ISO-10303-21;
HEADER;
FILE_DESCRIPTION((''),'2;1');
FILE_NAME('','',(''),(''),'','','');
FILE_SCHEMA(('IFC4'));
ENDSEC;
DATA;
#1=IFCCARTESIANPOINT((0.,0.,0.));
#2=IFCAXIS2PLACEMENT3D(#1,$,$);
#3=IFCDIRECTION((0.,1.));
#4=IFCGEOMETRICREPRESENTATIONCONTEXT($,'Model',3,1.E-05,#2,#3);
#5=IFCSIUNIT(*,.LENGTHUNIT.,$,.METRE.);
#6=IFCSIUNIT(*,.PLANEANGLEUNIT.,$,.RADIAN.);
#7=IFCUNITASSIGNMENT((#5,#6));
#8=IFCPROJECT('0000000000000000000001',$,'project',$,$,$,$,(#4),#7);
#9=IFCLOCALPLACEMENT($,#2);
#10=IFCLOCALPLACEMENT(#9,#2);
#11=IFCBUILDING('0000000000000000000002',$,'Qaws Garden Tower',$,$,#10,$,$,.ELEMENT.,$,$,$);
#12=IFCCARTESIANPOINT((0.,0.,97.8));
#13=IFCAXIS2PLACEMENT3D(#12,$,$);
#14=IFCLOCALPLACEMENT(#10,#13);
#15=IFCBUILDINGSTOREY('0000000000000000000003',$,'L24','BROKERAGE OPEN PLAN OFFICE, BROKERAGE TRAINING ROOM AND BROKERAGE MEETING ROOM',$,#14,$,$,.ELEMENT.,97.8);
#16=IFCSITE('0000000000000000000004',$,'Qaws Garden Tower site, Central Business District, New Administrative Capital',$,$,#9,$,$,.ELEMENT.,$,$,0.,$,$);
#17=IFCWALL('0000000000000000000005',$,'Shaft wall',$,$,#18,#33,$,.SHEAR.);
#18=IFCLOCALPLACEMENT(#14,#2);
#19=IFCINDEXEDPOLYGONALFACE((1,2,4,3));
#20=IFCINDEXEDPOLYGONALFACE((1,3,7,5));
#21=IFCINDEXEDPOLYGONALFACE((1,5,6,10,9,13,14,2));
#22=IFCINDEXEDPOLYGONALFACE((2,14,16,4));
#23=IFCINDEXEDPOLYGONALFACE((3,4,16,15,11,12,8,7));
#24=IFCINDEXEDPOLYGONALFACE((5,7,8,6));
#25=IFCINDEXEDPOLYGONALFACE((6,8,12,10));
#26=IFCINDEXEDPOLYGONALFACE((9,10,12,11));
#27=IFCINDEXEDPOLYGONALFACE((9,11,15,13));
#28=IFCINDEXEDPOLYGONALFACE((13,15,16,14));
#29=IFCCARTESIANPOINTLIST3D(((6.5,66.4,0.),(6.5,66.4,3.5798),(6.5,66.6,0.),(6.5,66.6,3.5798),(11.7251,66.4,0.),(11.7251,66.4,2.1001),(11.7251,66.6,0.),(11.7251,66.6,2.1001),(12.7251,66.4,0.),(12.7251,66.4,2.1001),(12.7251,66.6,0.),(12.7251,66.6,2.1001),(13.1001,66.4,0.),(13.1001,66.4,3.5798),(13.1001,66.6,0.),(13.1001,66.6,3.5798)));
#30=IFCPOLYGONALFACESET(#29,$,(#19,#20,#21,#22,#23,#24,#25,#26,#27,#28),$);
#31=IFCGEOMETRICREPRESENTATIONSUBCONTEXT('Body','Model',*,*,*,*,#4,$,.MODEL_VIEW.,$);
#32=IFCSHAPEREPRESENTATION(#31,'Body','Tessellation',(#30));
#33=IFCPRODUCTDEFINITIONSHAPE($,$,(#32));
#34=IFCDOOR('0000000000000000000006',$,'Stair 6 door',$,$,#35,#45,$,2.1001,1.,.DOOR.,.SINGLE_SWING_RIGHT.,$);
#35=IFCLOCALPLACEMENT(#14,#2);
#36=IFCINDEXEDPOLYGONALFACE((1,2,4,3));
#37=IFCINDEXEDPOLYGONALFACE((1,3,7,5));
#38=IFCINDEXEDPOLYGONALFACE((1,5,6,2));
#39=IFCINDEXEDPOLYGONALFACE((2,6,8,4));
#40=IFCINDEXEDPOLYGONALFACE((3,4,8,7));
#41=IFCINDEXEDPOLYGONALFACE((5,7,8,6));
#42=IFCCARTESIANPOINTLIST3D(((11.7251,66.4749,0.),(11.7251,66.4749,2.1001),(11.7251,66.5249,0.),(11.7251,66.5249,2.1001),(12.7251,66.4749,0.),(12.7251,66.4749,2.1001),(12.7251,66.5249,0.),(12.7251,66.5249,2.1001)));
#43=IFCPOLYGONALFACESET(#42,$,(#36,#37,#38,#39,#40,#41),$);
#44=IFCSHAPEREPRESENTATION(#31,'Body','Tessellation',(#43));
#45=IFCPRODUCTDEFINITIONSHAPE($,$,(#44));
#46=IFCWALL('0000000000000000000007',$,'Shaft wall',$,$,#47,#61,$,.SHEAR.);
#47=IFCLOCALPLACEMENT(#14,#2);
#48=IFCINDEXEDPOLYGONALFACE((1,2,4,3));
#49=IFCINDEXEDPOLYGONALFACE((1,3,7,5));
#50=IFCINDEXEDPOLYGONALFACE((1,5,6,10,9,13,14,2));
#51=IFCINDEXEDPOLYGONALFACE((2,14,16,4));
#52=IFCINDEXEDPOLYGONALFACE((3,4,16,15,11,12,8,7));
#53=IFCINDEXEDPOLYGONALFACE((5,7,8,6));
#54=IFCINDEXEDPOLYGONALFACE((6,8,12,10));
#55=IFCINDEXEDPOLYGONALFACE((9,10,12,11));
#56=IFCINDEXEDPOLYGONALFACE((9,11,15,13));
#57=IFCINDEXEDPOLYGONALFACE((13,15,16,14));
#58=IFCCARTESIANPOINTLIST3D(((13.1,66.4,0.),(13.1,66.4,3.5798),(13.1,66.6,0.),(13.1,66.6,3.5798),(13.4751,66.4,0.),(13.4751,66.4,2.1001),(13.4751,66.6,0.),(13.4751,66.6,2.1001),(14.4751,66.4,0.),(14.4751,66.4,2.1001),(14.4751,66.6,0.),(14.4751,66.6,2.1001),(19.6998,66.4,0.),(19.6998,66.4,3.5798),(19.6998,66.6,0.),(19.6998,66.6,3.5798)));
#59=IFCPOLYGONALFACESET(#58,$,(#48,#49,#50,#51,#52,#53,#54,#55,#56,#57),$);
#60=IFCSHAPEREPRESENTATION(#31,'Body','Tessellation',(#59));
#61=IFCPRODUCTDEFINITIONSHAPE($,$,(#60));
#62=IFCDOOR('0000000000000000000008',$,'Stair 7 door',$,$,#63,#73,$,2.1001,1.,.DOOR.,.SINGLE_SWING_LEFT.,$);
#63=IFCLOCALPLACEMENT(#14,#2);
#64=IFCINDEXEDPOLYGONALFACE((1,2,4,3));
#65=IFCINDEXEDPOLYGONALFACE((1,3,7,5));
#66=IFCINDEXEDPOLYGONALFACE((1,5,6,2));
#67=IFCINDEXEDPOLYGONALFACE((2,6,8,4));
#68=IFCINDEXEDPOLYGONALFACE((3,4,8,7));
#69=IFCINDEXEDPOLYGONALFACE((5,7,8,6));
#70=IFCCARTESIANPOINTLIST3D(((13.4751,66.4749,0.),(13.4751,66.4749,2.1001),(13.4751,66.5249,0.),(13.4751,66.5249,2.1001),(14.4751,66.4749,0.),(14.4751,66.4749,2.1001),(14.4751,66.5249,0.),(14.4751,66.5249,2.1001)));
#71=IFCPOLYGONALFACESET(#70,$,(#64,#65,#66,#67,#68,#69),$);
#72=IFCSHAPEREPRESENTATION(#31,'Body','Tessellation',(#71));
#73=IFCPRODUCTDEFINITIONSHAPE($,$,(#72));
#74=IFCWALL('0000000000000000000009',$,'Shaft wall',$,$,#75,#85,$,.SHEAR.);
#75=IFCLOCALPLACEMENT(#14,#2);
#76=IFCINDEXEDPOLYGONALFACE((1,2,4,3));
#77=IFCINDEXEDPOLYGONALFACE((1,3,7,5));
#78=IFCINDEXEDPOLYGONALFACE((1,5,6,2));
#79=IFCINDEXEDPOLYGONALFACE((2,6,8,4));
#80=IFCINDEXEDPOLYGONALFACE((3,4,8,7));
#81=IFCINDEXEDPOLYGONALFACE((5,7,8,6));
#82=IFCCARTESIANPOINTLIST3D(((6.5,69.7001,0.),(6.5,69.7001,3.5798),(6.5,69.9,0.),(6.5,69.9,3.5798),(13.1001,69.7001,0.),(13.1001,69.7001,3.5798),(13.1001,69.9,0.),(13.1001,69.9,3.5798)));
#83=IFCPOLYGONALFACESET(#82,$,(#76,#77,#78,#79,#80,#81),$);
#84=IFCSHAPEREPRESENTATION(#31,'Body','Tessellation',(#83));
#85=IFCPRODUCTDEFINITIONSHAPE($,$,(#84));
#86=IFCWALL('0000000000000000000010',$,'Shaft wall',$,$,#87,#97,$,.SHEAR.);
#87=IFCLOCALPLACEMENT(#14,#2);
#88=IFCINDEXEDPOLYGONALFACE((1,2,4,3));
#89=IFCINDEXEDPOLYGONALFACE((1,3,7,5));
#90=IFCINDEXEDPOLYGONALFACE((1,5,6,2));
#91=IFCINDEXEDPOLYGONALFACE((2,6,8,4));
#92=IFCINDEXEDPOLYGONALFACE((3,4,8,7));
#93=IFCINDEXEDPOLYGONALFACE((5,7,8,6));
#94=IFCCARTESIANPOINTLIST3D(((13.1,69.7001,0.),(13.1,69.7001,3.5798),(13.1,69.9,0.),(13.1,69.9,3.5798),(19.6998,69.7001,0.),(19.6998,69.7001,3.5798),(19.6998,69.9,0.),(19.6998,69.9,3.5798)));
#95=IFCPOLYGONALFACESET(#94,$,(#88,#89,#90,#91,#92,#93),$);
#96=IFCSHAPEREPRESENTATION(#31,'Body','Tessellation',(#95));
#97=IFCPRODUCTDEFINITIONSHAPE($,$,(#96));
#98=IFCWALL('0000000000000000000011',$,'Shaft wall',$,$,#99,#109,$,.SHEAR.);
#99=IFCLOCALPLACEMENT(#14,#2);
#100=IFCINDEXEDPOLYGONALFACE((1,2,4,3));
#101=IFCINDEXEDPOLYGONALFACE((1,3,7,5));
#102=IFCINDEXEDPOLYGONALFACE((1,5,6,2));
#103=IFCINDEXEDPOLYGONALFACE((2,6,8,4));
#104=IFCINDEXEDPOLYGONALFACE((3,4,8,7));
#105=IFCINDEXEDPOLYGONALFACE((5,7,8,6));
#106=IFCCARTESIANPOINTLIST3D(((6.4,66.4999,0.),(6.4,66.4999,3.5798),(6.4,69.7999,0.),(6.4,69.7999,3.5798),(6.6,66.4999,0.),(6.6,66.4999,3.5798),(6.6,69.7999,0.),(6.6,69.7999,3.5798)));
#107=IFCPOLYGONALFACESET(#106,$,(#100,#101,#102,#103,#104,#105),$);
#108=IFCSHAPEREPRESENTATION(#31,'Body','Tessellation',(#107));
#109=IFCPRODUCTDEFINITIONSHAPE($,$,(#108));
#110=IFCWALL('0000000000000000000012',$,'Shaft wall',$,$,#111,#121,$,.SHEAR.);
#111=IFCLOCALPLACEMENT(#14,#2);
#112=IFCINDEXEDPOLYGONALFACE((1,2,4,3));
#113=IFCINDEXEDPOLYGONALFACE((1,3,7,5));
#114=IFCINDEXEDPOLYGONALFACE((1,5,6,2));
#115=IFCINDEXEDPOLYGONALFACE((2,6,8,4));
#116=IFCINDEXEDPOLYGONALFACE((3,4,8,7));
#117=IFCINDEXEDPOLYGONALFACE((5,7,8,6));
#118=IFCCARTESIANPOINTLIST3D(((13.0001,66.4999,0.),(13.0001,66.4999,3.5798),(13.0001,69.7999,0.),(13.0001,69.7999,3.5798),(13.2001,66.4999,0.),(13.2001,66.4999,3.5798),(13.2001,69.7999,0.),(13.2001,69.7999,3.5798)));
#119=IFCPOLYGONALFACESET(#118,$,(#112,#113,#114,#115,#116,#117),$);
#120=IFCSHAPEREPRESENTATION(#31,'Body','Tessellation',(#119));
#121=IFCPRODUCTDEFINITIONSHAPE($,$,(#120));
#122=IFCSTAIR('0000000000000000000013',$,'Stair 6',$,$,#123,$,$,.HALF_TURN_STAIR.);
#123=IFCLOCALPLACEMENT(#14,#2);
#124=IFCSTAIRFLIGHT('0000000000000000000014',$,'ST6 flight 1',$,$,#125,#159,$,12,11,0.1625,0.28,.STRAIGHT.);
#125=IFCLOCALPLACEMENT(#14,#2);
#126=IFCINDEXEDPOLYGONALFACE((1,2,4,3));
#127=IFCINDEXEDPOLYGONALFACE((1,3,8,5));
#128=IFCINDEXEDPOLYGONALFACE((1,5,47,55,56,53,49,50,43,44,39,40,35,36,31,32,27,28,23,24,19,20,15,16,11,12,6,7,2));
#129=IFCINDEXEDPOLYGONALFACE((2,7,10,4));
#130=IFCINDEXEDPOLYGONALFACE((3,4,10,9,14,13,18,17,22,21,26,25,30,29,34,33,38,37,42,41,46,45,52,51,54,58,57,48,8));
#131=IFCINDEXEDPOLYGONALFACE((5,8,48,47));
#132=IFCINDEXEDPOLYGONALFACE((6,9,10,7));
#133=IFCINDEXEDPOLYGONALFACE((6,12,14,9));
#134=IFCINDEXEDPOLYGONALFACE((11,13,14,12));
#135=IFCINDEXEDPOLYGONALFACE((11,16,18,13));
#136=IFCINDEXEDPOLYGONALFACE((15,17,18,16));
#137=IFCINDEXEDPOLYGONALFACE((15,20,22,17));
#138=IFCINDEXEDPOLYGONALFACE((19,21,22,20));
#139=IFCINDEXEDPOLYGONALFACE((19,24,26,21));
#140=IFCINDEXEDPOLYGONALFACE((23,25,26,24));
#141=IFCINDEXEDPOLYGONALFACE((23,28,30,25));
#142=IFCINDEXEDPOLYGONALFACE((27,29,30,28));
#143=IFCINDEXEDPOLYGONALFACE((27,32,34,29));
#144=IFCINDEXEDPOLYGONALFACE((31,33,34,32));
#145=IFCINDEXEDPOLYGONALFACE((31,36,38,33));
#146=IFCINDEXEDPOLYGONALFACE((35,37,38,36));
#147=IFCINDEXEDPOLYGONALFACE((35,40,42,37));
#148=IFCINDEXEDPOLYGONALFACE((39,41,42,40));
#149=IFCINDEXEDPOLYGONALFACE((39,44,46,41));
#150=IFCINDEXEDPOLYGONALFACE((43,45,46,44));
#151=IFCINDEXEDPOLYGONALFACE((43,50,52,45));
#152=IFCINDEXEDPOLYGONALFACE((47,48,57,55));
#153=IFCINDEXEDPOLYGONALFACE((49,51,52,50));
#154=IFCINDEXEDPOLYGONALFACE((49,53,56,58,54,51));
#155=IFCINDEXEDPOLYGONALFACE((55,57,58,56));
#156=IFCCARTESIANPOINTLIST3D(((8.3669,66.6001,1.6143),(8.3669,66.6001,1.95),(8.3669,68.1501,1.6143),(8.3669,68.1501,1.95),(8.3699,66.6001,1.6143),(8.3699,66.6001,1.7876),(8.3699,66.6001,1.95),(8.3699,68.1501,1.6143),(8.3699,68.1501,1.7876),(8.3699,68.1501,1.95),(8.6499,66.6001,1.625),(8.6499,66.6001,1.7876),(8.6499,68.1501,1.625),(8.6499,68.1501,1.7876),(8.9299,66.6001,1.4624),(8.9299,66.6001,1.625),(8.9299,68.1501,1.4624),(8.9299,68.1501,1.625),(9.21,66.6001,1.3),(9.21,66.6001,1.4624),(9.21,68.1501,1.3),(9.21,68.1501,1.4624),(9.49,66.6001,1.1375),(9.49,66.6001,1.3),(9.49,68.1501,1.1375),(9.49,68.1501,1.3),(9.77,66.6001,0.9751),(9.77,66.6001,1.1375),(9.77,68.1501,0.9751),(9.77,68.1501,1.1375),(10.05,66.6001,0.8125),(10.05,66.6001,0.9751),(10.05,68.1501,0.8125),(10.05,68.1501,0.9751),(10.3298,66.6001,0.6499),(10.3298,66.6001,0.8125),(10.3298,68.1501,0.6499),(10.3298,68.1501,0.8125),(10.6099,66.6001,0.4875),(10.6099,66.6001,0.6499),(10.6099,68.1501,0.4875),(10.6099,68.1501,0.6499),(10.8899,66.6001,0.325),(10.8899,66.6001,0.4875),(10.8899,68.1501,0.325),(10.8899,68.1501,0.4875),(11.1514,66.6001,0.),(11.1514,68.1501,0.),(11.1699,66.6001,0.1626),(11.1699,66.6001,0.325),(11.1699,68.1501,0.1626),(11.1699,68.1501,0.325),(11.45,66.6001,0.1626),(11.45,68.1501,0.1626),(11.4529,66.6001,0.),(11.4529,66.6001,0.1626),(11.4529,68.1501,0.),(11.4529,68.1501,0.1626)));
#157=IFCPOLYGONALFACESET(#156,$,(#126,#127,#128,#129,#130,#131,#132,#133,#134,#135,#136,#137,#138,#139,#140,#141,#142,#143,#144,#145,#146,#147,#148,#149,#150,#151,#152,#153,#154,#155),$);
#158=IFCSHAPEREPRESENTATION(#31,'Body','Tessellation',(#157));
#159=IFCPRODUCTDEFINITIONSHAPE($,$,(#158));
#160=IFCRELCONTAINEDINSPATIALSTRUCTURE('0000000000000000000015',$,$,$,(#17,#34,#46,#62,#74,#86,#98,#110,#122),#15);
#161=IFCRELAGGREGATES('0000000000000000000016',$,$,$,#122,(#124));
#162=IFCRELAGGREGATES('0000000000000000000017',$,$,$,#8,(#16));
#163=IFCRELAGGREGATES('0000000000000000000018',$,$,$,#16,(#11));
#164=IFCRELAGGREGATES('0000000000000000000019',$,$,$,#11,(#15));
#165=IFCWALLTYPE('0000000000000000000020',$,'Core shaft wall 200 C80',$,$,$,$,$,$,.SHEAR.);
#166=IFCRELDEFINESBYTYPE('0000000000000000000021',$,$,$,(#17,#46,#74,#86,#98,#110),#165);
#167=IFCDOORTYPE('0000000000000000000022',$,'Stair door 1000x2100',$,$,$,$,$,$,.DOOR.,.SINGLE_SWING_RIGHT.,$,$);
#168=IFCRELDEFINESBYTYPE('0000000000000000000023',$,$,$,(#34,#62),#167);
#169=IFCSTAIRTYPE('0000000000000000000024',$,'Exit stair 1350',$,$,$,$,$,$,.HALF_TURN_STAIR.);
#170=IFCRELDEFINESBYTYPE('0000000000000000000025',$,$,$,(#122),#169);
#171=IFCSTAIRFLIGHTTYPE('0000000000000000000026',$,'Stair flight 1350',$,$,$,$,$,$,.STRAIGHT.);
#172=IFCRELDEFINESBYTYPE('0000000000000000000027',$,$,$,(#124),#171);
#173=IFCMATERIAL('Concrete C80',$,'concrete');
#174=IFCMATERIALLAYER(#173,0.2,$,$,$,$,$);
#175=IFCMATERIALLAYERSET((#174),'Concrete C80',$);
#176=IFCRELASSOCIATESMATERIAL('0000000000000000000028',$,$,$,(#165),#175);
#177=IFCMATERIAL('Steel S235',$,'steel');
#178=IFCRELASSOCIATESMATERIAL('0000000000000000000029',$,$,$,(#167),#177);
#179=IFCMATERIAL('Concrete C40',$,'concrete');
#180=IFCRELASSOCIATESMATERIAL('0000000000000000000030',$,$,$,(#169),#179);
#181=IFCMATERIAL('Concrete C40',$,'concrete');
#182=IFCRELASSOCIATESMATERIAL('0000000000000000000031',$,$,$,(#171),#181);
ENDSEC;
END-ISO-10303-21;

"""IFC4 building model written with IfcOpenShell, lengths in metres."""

from ifc_helpers import new_model, si_unit, direction, frame, frame_2d, origin, place, context, subcontext, project, spatial, polyline, rectangle, outline, extrude, material, layer, layer_set, type_object, element, fill, aggregate, save


model = new_model("IFC4")

# Units and contexts
model_context = context("Model", 3, precision=1e-05, world=origin(), true_north=direction((0.0, 1.0)))
body_context = subcontext(model_context, "Body", "Model", "MODEL_VIEW")
ifc_project = project(units=[si_unit("LENGTHUNIT", "METRE"), si_unit("PLANEANGLEUNIT", "RADIAN")], contexts=[model_context])

# Site, building, storey
site_placement = place(None, origin())
site = spatial("IfcSite", under=ifc_project, at=site_placement, Name="Qaws Garden Tower site, Central Business District, New Administrative Capital", CompositionType="ELEMENT", RefElevation=0.0)
building_placement = place(site_placement, origin())
building = spatial("IfcBuilding", under=site, at=building_placement, Name="Qaws Garden Tower", CompositionType="ELEMENT")
storey_placement = place(building_placement, frame((0.0, 0.0, 97.8)))
storey = spatial("IfcBuildingStorey", under=building, at=storey_placement, Name="L24", Description="BROKERAGE OPEN PLAN OFFICE, BROKERAGE TRAINING ROOM AND BROKERAGE MEETING ROOM", CompositionType="ELEMENT", Elevation=97.8)

# Walls, openings, doors
ifc_material_1 = material(Name="Concrete C80", Category="concrete")
ifc_layer_1 = layer(ifc_material_1, 0.2)
ifc_layer_set_1 = layer_set([ifc_layer_1], Name="Concrete C80")
wall_type_1 = type_object("IfcWallType", Name="Core shaft wall 200 C80", PredefinedType="SHEAR", material=ifc_layer_set_1)
wall_1_placement = place(storey_placement, frame((6.5, 66.5, 0.0), z_axis=(0.0, 0.0, 1.0), x_axis=(1.0, 0.0, 0.0)))
wall_1 = element("IfcWall", 1, at=wall_1_placement, inside=storey, type_object=wall_type_1, Name="Shaft wall", PredefinedType="SHEAR", context=body_context, shape_type="SweptSolid", body=[
    extrude(rectangle(XDim=6.6001, YDim=0.2, at=frame_2d((3.3, 0.0))), origin(), (0.0, 0.0, 1.0), 3.5798),
])
opening_1_placement = place(wall_1_placement, frame((5.2251, 0.0, 0.0)))
opening_1 = element("IfcOpeningElement", 2, at=opening_1_placement, cuts=wall_1, PredefinedType="OPENING", context=body_context, shape_type="SweptSolid", body=[
    extrude(rectangle(XDim=1.0, YDim=2.1001, at=frame_2d((0.5, 1.05))), frame((0.0, 0.1099, 0.0), z_axis=(0.0, -1.0, 0.0), x_axis=(1.0, 0.0, 0.0)), (0.0, 0.0, 1.0), 0.22),
])
ifc_material_2 = material(Name="Steel S235", Category="steel")
door_type = type_object("IfcDoorType", Name="Stair door 1000x2100", OperationType="SINGLE_SWING_RIGHT", PredefinedType="DOOR", material=ifc_material_2)
door_1_placement = place(opening_1_placement, origin())
door_1 = element("IfcDoor", 3, at=door_1_placement, inside=storey, type_object=door_type, Name="Stair 6 door", OperationType="SINGLE_SWING_RIGHT", OverallHeight=2.1001, OverallWidth=1.0, PredefinedType="DOOR", context=body_context, shape_type="SweptSolid", body=[
    extrude(rectangle(XDim=1.0, YDim=2.1001, at=frame_2d((0.5, 1.05))), frame((0.0, 0.0249, 0.0), z_axis=(0.0, -1.0, 0.0), x_axis=(1.0, 0.0, 0.0)), (0.0, 0.0, 1.0), 0.05),
])
fill(opening_1, door_1)
wall_2_placement = place(storey_placement, frame((13.1001, 66.5, 0.0), z_axis=(0.0, 0.0, 1.0), x_axis=(1.0, 0.0, 0.0)))
wall_2 = element("IfcWall", 4, at=wall_2_placement, inside=storey, type_object=wall_type_1, Name="Shaft wall", PredefinedType="SHEAR", context=body_context, shape_type="SweptSolid", body=[
    extrude(rectangle(XDim=6.5999, YDim=0.2, at=frame_2d((3.2998, 0.0))), origin(), (0.0, 0.0, 1.0), 3.5798),
])
opening_2_placement = place(wall_2_placement, frame((0.375, 0.0, 0.0)))
opening_2 = element("IfcOpeningElement", 5, at=opening_2_placement, cuts=wall_2, PredefinedType="OPENING", context=body_context, shape_type="SweptSolid", body=[
    extrude(rectangle(XDim=1.0, YDim=2.1001, at=frame_2d((0.5, 1.05))), frame((0.0, 0.1099, 0.0), z_axis=(0.0, -1.0, 0.0), x_axis=(1.0, 0.0, 0.0)), (0.0, 0.0, 1.0), 0.22),
])
door_2_placement = place(opening_2_placement, origin())
door_2 = element("IfcDoor", 6, at=door_2_placement, inside=storey, type_object=door_type, Name="Stair 7 door", OperationType="SINGLE_SWING_LEFT", OverallHeight=2.1001, OverallWidth=1.0, PredefinedType="DOOR", context=body_context, shape_type="SweptSolid", body=[
    extrude(rectangle(XDim=1.0, YDim=2.1001, at=frame_2d((0.5, 1.05))), frame((0.0, 0.0249, 0.0), z_axis=(0.0, -1.0, 0.0), x_axis=(1.0, 0.0, 0.0)), (0.0, 0.0, 1.0), 0.05),
])
fill(opening_2, door_2)

# Walls
wall_3_placement = place(storey_placement, frame((6.5, 69.8, 0.0), z_axis=(0.0, 0.0, 1.0), x_axis=(1.0, 0.0, 0.0)))
element("IfcWall", 7, at=wall_3_placement, inside=storey, type_object=wall_type_1, Name="Shaft wall", PredefinedType="SHEAR", context=body_context, shape_type="SweptSolid", body=[
    extrude(rectangle(XDim=6.6001, YDim=0.2, at=frame_2d((3.3, 0.0))), origin(), (0.0, 0.0, 1.0), 3.5798),
])
wall_4_placement = place(storey_placement, frame((13.1001, 69.8, 0.0), z_axis=(0.0, 0.0, 1.0), x_axis=(1.0, 0.0, 0.0)))
element("IfcWall", 8, at=wall_4_placement, inside=storey, type_object=wall_type_1, Name="Shaft wall", PredefinedType="SHEAR", context=body_context, shape_type="SweptSolid", body=[
    extrude(rectangle(XDim=6.5999, YDim=0.2, at=frame_2d((3.2998, 0.0))), origin(), (0.0, 0.0, 1.0), 3.5798),
])
for number, where, z_axis, x_axis, name in (
    (9, (6.5, 66.5, 0.0), (0.0, 0.0, 1.0), (0.0, 1.0, 0.0), "Shaft wall"),
    (10, (13.1001, 66.5, 0.0), (0.0, 0.0, 1.0), (0.0, 1.0, 0.0), "Shaft wall"),
):
    element("IfcWall", number, at=place(storey_placement, frame(where, z_axis=z_axis, x_axis=x_axis)), inside=storey, type_object=wall_type_1, Name=name, PredefinedType="SHEAR", context=body_context, shape_type="SweptSolid", body=[
        extrude(rectangle(XDim=3.3, YDim=0.2, at=frame_2d((1.6499, 0.0))), origin(), (0.0, 0.0, 1.0), 3.5798),
    ])

# Stair, stair flight
ifc_material_3 = material(Name="Concrete C40", Category="concrete")
stair_type = type_object("IfcStairType", Name="Exit stair 1350", PredefinedType="HALF_TURN_STAIR", material=ifc_material_3)
placement = place(storey_placement, origin())
stair_1 = element("IfcStair", 11, at=placement, inside=storey, type_object=stair_type, Name="Stair 6", PredefinedType="HALF_TURN_STAIR")
ifc_material_4 = material(Name="Concrete C40", Category="concrete")
stair_flight_type = type_object("IfcStairFlightType", Name="Stair flight 1350", PredefinedType="STRAIGHT", material=ifc_material_4)
stair_flight_1_placement = place(storey_placement, frame((11.45, 67.375, 0.0), z_axis=(0.0, 0.0, 1.0), x_axis=(-1.0, 0.0, 0.0)))
stair_flight_1 = element("IfcStairFlight", 12, at=stair_flight_1_placement, type_object=stair_flight_type, Name="ST6 flight 1", NumberOfRisers=12, NumberOfTreads=11, PredefinedType="STRAIGHT", RiserHeight=0.1625, TreadLength=0.28, context=body_context, shape_type="SweptSolid", body=[
    extrude(outline(polyline([(-0.0029, 0.0), (-0.0029, 0.1626), (0.0, 0.1626), (0.28, 0.1626), (0.28, 0.325), (0.5601, 0.325), (0.5601, 0.4875), (0.8401, 0.4875), (0.8401, 0.6499), (1.1201, 0.6499), (1.1201, 0.8125), (1.3999, 0.8125), (1.3999, 0.9751), (1.6799, 0.9751), (1.6799, 1.1375), (1.96, 1.1375), (1.96, 1.3), (2.24, 1.3), (2.24, 1.4624), (2.52, 1.4624), (2.52, 1.625), (2.8, 1.625), (2.8, 1.7876), (3.0801, 1.7876), (3.0801, 1.95), (3.083, 1.95), (3.083, 1.6143), (3.0801, 1.6143), (0.2986, 0.0), (-0.0029, 0.0)])), frame((0.0, 0.7749, 0.0), z_axis=(0.0, -1.0, 0.0), x_axis=(1.0, 0.0, 0.0)), (0.0, 0.0, 1.0), 1.55),
])
aggregate(stair_1, [stair_flight_1])

save(model, "model.ifc")
